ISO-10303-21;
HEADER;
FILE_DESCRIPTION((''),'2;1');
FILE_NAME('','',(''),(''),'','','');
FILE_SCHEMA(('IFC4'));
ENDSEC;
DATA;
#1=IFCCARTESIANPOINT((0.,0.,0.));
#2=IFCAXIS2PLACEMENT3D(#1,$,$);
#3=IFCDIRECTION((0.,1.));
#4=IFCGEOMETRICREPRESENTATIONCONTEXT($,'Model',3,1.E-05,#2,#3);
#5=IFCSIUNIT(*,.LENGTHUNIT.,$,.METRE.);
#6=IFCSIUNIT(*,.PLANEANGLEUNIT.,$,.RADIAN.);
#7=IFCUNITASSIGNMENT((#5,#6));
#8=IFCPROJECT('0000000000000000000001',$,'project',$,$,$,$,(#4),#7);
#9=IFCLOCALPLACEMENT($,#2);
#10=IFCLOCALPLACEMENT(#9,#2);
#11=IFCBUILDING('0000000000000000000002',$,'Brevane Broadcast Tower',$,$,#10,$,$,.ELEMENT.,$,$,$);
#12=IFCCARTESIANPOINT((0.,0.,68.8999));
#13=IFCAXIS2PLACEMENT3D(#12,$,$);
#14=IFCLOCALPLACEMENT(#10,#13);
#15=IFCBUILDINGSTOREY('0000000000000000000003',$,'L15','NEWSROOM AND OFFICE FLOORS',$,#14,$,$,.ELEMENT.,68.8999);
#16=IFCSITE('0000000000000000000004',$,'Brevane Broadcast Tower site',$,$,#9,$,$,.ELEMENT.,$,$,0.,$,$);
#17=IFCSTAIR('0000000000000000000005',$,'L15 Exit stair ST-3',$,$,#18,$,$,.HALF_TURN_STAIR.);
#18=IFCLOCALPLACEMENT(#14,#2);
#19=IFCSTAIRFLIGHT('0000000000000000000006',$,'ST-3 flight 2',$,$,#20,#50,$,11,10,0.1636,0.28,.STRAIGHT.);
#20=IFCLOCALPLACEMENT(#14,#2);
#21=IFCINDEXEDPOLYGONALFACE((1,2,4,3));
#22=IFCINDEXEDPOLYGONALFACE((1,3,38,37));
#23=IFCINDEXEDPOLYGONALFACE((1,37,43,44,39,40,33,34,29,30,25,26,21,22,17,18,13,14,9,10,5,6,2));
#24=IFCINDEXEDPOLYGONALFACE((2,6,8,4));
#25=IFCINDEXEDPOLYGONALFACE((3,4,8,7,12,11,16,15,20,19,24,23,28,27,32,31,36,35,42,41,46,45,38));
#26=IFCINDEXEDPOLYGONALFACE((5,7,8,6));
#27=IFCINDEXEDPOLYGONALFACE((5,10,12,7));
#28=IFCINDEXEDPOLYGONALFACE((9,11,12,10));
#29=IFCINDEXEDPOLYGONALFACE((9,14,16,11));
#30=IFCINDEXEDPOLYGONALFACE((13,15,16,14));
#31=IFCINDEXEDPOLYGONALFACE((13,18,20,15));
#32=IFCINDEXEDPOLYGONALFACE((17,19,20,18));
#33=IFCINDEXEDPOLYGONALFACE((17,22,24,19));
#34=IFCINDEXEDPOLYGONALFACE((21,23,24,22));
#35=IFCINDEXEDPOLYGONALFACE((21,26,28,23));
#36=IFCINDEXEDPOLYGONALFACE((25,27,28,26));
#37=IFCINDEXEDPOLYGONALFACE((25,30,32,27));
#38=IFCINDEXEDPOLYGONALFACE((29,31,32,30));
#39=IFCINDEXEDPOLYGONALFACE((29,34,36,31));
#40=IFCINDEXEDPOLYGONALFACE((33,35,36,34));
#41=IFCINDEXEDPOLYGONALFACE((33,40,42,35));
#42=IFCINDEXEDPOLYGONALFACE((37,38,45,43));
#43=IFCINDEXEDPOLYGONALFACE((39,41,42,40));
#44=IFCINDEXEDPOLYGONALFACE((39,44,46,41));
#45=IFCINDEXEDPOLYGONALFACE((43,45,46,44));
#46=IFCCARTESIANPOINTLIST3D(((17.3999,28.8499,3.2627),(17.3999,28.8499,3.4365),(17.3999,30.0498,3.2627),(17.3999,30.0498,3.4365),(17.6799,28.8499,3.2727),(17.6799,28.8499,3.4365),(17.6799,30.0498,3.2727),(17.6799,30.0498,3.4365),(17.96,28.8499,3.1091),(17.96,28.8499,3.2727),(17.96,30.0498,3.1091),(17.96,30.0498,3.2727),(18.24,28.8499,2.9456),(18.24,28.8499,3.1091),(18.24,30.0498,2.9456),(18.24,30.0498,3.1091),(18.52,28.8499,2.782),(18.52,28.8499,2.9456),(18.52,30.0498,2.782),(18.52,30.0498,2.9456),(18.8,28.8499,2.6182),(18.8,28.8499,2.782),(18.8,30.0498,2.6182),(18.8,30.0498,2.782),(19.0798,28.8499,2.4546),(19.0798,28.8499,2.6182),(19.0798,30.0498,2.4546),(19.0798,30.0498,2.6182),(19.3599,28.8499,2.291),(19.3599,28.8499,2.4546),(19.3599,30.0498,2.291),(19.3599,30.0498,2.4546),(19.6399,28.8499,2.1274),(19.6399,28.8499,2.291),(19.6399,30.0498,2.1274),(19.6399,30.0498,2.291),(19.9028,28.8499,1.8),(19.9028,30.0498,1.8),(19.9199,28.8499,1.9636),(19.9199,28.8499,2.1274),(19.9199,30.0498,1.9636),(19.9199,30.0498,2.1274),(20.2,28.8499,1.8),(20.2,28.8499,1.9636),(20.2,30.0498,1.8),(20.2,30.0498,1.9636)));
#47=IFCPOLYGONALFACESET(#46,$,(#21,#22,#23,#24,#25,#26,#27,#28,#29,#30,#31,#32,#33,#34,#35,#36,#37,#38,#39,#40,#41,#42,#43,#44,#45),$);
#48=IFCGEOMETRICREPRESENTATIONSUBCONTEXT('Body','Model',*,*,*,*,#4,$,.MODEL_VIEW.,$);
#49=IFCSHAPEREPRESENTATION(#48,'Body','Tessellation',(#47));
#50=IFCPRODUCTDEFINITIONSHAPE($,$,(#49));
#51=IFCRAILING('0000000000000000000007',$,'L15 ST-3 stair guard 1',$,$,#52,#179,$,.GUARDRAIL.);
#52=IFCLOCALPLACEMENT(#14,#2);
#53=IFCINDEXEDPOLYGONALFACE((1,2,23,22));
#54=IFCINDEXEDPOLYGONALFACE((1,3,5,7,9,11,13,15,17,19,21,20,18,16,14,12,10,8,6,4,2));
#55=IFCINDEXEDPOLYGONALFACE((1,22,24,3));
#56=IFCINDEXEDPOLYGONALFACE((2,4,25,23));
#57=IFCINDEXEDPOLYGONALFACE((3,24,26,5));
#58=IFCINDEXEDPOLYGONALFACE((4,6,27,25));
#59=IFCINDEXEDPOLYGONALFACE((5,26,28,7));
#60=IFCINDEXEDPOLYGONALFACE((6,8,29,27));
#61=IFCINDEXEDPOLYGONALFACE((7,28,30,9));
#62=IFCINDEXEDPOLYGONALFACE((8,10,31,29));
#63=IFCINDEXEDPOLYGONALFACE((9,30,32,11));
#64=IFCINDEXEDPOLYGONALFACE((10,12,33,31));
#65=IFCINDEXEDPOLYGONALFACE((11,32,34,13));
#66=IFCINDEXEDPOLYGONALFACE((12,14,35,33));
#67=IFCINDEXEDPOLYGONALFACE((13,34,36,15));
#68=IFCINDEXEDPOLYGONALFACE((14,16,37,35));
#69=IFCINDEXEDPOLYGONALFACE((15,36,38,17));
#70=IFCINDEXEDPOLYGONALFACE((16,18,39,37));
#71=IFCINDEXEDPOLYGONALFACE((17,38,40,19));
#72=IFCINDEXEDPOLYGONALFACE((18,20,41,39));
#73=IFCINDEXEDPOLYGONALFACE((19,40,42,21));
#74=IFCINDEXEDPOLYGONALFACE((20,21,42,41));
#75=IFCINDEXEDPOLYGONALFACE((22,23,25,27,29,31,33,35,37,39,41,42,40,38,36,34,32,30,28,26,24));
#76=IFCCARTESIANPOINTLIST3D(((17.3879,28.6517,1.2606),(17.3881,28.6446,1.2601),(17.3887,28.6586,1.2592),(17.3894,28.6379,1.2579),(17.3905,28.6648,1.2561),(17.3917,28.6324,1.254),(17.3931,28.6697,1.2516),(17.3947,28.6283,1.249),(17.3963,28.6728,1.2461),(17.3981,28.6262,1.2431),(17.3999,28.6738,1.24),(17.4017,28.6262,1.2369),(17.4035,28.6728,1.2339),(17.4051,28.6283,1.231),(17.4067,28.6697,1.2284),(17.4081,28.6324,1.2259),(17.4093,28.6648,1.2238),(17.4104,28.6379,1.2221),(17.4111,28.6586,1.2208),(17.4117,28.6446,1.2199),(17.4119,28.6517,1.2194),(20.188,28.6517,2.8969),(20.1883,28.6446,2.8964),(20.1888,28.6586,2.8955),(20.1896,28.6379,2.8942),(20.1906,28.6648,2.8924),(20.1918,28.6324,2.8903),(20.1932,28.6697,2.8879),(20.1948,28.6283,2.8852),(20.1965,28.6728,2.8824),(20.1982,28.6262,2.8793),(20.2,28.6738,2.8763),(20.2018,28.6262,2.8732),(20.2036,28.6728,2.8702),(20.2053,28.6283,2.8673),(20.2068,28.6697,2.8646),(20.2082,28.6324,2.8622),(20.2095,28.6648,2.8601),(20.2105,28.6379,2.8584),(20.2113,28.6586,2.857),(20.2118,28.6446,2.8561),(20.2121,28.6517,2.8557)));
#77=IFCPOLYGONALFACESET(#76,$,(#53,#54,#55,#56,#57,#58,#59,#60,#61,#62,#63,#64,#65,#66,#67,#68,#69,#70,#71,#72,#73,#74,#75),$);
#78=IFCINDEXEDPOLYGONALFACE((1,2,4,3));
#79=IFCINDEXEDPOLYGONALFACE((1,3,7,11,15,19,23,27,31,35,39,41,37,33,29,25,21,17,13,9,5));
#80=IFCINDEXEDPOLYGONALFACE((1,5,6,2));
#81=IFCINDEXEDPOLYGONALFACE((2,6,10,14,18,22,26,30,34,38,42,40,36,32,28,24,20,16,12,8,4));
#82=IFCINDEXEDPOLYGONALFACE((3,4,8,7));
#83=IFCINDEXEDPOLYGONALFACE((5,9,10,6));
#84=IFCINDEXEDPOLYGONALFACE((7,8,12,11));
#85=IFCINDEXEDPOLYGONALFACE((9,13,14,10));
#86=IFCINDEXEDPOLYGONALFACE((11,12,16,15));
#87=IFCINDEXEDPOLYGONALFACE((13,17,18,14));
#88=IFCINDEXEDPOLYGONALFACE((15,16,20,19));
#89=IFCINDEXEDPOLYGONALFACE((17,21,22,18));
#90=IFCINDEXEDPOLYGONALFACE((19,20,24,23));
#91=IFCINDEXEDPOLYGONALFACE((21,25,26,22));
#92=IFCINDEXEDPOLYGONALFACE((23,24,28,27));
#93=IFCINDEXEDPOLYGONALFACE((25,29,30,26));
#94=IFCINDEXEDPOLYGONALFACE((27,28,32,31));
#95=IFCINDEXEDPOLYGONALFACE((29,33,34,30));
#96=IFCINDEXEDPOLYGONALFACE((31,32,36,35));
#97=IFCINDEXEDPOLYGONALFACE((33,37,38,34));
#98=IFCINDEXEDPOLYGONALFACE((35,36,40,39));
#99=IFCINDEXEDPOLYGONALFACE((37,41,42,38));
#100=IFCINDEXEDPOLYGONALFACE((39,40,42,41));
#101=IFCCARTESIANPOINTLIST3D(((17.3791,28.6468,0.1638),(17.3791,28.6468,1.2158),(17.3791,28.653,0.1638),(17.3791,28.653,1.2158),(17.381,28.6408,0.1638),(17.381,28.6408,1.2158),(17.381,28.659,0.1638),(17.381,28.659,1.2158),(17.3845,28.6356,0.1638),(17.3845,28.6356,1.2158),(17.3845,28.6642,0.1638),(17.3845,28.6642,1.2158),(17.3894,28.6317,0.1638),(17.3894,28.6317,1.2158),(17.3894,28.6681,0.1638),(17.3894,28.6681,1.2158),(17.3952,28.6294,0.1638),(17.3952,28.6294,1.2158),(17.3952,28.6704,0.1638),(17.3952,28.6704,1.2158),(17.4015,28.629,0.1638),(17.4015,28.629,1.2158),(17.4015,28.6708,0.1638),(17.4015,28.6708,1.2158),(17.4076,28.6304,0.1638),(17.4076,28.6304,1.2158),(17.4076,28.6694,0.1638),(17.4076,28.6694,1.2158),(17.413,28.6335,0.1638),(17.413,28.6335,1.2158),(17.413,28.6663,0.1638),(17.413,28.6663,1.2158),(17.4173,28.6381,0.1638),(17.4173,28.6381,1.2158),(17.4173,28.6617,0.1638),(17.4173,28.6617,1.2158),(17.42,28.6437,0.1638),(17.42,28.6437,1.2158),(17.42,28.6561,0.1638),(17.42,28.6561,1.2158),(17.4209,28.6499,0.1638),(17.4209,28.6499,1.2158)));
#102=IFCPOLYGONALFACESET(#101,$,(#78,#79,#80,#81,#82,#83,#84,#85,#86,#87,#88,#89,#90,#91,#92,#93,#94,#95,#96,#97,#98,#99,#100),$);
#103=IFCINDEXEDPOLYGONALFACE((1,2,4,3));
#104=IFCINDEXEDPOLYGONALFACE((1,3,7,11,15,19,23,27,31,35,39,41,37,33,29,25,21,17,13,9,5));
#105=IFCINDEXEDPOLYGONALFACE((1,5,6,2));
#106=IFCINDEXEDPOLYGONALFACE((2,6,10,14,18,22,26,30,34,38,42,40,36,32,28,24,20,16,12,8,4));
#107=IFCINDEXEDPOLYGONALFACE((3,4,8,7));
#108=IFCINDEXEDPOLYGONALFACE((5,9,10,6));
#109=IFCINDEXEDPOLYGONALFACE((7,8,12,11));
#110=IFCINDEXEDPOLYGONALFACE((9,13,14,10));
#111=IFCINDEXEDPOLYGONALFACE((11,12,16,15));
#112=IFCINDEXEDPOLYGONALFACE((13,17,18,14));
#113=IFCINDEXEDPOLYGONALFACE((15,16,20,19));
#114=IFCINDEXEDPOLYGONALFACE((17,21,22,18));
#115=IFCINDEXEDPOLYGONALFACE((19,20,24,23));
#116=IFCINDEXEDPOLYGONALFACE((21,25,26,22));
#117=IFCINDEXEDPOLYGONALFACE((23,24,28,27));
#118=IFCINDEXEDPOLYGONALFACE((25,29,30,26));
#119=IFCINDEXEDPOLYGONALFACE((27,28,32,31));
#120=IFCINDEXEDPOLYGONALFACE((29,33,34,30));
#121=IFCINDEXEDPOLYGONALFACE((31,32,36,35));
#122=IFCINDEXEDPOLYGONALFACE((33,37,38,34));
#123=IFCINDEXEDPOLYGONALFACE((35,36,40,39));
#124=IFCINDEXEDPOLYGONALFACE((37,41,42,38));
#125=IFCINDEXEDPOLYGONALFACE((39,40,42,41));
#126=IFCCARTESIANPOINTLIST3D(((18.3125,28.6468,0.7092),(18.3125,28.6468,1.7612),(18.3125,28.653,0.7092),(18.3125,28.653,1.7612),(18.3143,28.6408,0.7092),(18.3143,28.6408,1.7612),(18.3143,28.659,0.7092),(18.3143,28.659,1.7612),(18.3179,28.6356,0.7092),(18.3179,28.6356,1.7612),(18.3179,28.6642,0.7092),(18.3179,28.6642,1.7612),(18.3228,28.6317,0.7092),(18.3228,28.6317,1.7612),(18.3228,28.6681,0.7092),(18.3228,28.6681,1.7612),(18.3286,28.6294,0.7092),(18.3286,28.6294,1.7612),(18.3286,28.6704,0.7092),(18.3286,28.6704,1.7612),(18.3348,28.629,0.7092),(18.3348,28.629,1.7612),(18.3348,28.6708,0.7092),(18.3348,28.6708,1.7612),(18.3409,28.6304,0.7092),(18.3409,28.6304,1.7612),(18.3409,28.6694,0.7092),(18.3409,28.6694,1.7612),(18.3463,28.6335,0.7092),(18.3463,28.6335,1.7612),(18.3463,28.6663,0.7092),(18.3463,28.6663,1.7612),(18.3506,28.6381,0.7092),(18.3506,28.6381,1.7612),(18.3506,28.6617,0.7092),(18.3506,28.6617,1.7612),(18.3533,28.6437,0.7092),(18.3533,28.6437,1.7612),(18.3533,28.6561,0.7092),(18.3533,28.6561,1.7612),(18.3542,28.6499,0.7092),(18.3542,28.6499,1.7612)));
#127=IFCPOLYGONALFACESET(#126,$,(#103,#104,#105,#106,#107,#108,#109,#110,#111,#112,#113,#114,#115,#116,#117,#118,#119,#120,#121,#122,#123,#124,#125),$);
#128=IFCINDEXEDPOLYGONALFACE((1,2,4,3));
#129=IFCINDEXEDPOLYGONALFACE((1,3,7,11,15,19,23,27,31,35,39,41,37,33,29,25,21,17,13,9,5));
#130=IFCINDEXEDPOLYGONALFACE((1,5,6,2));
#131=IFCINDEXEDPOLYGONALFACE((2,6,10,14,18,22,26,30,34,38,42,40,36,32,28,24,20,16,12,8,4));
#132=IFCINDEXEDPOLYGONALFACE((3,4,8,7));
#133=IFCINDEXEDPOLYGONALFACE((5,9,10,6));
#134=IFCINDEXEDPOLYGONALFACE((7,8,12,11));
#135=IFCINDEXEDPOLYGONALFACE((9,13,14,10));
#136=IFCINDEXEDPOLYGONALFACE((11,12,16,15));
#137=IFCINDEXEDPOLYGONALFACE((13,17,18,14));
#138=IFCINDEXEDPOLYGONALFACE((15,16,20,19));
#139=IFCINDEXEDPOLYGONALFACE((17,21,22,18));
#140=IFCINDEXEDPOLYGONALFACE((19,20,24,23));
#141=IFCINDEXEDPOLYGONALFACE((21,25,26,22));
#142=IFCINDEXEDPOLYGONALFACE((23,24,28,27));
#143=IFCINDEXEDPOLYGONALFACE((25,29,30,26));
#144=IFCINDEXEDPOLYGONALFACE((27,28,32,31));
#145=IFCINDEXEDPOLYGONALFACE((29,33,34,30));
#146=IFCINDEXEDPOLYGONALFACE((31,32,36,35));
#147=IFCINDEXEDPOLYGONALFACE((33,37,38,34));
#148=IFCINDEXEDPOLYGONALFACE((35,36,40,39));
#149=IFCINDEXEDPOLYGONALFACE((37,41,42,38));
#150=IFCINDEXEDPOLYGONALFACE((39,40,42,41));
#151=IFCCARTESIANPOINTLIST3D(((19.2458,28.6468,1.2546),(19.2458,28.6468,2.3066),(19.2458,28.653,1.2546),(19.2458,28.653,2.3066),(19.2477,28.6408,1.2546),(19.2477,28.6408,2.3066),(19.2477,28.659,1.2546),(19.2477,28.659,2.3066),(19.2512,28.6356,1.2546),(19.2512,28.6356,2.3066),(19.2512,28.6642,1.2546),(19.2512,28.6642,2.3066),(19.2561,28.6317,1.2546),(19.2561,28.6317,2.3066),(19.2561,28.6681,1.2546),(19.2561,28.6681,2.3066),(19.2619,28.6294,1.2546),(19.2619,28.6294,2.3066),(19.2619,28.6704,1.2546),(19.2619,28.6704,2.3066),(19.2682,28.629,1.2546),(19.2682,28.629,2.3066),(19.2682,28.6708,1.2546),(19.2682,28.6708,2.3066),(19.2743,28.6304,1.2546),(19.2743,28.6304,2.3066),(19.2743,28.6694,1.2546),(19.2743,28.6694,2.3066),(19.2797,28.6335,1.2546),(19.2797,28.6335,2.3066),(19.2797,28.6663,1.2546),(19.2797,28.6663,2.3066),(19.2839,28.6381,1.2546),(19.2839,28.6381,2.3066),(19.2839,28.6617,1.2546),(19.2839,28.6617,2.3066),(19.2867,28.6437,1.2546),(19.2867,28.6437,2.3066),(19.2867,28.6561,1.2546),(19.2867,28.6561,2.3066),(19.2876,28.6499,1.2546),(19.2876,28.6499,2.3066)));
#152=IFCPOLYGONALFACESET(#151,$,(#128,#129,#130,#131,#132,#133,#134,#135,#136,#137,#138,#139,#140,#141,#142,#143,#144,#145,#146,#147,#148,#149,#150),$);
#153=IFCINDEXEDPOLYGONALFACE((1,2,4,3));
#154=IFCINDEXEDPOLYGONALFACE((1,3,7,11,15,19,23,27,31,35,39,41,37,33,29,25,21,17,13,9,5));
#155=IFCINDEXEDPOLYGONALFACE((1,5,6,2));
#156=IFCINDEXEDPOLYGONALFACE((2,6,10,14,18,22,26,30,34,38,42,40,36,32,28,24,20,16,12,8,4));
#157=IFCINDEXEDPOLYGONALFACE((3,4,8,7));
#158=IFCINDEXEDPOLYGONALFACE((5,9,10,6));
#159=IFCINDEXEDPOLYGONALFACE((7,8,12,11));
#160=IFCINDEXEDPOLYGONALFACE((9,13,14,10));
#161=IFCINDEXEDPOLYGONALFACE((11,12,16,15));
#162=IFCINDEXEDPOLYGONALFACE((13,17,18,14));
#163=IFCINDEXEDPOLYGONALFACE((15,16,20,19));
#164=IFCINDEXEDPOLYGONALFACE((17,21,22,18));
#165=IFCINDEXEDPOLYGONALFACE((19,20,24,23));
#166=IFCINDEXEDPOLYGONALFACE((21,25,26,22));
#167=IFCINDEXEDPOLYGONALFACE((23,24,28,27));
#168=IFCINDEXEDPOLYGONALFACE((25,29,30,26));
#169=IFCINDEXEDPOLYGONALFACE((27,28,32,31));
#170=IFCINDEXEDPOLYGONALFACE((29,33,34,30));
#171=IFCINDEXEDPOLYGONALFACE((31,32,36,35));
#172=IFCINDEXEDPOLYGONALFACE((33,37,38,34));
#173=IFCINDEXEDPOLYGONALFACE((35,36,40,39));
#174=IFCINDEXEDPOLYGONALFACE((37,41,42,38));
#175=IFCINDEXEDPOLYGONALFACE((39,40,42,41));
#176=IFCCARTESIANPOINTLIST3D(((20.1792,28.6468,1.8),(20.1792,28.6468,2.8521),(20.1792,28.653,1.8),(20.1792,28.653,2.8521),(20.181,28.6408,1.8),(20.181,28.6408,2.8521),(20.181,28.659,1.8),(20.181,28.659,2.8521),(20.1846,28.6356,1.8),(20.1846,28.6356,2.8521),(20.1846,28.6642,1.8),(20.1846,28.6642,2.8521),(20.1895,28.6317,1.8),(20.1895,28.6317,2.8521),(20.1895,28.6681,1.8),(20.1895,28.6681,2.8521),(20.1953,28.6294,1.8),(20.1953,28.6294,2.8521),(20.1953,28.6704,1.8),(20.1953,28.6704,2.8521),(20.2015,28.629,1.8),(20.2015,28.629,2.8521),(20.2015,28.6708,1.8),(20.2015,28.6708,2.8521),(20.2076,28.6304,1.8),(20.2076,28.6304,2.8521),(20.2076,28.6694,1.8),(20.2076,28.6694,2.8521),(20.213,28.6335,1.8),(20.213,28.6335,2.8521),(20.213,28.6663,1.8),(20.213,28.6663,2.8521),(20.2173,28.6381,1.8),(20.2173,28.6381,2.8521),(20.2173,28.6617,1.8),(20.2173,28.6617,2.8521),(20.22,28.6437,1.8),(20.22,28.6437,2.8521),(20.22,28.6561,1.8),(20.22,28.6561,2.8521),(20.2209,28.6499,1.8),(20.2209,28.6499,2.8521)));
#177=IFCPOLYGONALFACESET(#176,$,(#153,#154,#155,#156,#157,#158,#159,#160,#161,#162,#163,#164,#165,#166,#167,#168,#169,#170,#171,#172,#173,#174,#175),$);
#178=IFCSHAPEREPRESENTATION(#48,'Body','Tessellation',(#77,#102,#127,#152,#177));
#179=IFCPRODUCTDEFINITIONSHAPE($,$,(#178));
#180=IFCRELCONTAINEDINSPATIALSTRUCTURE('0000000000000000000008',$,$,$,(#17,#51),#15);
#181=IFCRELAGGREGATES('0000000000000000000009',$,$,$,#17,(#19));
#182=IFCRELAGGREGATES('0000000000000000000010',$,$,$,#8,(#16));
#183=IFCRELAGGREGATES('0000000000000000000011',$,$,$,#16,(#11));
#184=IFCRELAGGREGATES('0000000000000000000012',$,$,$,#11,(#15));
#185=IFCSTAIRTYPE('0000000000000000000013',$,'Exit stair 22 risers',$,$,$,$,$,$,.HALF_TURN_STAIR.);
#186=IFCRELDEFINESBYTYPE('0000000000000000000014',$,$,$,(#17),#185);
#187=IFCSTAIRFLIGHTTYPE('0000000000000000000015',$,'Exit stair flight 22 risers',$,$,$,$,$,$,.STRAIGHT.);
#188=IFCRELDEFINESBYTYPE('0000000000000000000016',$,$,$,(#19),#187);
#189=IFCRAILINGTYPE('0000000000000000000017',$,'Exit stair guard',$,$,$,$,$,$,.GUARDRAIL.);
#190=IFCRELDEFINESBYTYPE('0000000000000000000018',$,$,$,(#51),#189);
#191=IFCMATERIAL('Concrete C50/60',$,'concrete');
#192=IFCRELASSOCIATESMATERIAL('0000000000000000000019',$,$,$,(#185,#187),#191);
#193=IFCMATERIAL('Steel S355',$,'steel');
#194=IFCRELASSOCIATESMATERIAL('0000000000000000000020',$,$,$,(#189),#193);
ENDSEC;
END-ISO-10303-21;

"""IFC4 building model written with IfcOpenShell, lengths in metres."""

from ifc_helpers import new_model, si_unit, direction, frame, origin, origin_2d, place, context, subcontext, project, spatial, polyline, circle, outline, extrude, material, type_object, element, aggregate, save


model = new_model("IFC4")

# Units and contexts
model_context = context("Model", 3, precision=1e-05, world=origin(), true_north=direction((0.0, 1.0)))
body_context = subcontext(model_context, "Body", "Model", "MODEL_VIEW")
ifc_project = project(units=[si_unit("LENGTHUNIT", "METRE"), si_unit("PLANEANGLEUNIT", "RADIAN")], contexts=[model_context])

# Site, building, storey
site_placement = place(None, origin())
site = spatial("IfcSite", under=ifc_project, at=site_placement, Name="Brevane Broadcast Tower site", CompositionType="ELEMENT", RefElevation=0.0)
building_placement = place(site_placement, origin())
building = spatial("IfcBuilding", under=site, at=building_placement, Name="Brevane Broadcast Tower", CompositionType="ELEMENT")
storey_placement = place(building_placement, frame((0.0, 0.0, 68.8999)))
storey = spatial("IfcBuildingStorey", under=building, at=storey_placement, Name="L15", Description="NEWSROOM AND OFFICE FLOORS", CompositionType="ELEMENT", Elevation=68.8999)

# Stair, stair flight
ifc_material_1 = material(Name="Concrete C50/60", Category="concrete")
stair_type = type_object("IfcStairType", Name="Exit stair 22 risers", PredefinedType="HALF_TURN_STAIR", material=ifc_material_1)
stair_placement = place(storey_placement, origin())
stair = element("IfcStair", 1, at=stair_placement, inside=storey, type_object=stair_type, Name="L15 Exit stair ST-3", PredefinedType="HALF_TURN_STAIR")
stair_flight_type = type_object("IfcStairFlightType", Name="Exit stair flight 22 risers", PredefinedType="STRAIGHT", material=ifc_material_1)
stair_flight_1_placement = place(storey_placement, frame((20.2, 29.45, 1.8), z_axis=(0.0, 0.0, 1.0), x_axis=(-1.0, 0.0, 0.0)))
stair_flight_1 = element("IfcStairFlight", 2, at=stair_flight_1_placement, type_object=stair_flight_type, Name="ST-3 flight 2", NumberOfRisers=11, NumberOfTreads=10, PredefinedType="STRAIGHT", RiserHeight=0.1636, TreadLength=0.28, context=body_context, shape_type="SweptSolid", body=[
    extrude(outline(polyline([(0.0, 0.0), (0.0, 0.1636), (0.28, 0.1636), (0.28, 0.3274), (0.5601, 0.3274), (0.5601, 0.491), (0.8401, 0.491), (0.8401, 0.6545), (1.1201, 0.6545), (1.1201, 0.8181), (1.3999, 0.8181), (1.3999, 0.9819), (1.6799, 0.9819), (1.6799, 1.1455), (1.96, 1.1455), (1.96, 1.3091), (2.24, 1.3091), (2.24, 1.4727), (2.52, 1.4727), (2.52, 1.6365), (2.8, 1.6365), (2.8, 1.8), (2.8, 1.4626), (0.2971, 0.0), (0.0, 0.0)])), frame((0.0, 0.6001, 0.0), z_axis=(0.0, -1.0, 0.0), x_axis=(1.0, 0.0, 0.0)), (0.0, 0.0, 1.0), 1.2),
])
aggregate(stair, [stair_flight_1])

# Railing
ifc_material_2 = material(Name="Steel S355", Category="steel")
railing_type_1 = type_object("IfcRailingType", Name="Exit stair guard", PredefinedType="GUARDRAIL", material=ifc_material_2)
railing_1_placement = place(storey_placement, frame((17.3999, 28.6499, 0.1638)))
element("IfcRailing", 3, at=railing_1_placement, inside=storey, type_object=railing_type_1, Name="L15 ST-3 stair guard 1", PredefinedType="GUARDRAIL", context=body_context, shape_type="SweptSolid", body=[
    extrude(circle(Radius=0.0239, at=origin_2d()), frame((0.0, 0.0, 1.0762), z_axis=(0.863394, 0.0, 0.504531), x_axis=(0.0, 1.0, 0.0)), (0.0, 0.0, 1.0), 3.2432),
    extrude(circle(Radius=0.021, at=origin_2d()), origin(), (0.0, 0.0, 1.0), 1.052),
    extrude(circle(Radius=0.021, at=origin_2d()), frame((0.9333, 0.0, 0.5454)), (0.0, 0.0, 1.0), 1.052),
    extrude(circle(Radius=0.021, at=origin_2d()), frame((1.8667, 0.0, 1.0908)), (0.0, 0.0, 1.0), 1.052),
    extrude(circle(Radius=0.021, at=origin_2d()), frame((2.8, 0.0, 1.6362)), (0.0, 0.0, 1.0), 1.052),
])

save(model, "model.ifc")
